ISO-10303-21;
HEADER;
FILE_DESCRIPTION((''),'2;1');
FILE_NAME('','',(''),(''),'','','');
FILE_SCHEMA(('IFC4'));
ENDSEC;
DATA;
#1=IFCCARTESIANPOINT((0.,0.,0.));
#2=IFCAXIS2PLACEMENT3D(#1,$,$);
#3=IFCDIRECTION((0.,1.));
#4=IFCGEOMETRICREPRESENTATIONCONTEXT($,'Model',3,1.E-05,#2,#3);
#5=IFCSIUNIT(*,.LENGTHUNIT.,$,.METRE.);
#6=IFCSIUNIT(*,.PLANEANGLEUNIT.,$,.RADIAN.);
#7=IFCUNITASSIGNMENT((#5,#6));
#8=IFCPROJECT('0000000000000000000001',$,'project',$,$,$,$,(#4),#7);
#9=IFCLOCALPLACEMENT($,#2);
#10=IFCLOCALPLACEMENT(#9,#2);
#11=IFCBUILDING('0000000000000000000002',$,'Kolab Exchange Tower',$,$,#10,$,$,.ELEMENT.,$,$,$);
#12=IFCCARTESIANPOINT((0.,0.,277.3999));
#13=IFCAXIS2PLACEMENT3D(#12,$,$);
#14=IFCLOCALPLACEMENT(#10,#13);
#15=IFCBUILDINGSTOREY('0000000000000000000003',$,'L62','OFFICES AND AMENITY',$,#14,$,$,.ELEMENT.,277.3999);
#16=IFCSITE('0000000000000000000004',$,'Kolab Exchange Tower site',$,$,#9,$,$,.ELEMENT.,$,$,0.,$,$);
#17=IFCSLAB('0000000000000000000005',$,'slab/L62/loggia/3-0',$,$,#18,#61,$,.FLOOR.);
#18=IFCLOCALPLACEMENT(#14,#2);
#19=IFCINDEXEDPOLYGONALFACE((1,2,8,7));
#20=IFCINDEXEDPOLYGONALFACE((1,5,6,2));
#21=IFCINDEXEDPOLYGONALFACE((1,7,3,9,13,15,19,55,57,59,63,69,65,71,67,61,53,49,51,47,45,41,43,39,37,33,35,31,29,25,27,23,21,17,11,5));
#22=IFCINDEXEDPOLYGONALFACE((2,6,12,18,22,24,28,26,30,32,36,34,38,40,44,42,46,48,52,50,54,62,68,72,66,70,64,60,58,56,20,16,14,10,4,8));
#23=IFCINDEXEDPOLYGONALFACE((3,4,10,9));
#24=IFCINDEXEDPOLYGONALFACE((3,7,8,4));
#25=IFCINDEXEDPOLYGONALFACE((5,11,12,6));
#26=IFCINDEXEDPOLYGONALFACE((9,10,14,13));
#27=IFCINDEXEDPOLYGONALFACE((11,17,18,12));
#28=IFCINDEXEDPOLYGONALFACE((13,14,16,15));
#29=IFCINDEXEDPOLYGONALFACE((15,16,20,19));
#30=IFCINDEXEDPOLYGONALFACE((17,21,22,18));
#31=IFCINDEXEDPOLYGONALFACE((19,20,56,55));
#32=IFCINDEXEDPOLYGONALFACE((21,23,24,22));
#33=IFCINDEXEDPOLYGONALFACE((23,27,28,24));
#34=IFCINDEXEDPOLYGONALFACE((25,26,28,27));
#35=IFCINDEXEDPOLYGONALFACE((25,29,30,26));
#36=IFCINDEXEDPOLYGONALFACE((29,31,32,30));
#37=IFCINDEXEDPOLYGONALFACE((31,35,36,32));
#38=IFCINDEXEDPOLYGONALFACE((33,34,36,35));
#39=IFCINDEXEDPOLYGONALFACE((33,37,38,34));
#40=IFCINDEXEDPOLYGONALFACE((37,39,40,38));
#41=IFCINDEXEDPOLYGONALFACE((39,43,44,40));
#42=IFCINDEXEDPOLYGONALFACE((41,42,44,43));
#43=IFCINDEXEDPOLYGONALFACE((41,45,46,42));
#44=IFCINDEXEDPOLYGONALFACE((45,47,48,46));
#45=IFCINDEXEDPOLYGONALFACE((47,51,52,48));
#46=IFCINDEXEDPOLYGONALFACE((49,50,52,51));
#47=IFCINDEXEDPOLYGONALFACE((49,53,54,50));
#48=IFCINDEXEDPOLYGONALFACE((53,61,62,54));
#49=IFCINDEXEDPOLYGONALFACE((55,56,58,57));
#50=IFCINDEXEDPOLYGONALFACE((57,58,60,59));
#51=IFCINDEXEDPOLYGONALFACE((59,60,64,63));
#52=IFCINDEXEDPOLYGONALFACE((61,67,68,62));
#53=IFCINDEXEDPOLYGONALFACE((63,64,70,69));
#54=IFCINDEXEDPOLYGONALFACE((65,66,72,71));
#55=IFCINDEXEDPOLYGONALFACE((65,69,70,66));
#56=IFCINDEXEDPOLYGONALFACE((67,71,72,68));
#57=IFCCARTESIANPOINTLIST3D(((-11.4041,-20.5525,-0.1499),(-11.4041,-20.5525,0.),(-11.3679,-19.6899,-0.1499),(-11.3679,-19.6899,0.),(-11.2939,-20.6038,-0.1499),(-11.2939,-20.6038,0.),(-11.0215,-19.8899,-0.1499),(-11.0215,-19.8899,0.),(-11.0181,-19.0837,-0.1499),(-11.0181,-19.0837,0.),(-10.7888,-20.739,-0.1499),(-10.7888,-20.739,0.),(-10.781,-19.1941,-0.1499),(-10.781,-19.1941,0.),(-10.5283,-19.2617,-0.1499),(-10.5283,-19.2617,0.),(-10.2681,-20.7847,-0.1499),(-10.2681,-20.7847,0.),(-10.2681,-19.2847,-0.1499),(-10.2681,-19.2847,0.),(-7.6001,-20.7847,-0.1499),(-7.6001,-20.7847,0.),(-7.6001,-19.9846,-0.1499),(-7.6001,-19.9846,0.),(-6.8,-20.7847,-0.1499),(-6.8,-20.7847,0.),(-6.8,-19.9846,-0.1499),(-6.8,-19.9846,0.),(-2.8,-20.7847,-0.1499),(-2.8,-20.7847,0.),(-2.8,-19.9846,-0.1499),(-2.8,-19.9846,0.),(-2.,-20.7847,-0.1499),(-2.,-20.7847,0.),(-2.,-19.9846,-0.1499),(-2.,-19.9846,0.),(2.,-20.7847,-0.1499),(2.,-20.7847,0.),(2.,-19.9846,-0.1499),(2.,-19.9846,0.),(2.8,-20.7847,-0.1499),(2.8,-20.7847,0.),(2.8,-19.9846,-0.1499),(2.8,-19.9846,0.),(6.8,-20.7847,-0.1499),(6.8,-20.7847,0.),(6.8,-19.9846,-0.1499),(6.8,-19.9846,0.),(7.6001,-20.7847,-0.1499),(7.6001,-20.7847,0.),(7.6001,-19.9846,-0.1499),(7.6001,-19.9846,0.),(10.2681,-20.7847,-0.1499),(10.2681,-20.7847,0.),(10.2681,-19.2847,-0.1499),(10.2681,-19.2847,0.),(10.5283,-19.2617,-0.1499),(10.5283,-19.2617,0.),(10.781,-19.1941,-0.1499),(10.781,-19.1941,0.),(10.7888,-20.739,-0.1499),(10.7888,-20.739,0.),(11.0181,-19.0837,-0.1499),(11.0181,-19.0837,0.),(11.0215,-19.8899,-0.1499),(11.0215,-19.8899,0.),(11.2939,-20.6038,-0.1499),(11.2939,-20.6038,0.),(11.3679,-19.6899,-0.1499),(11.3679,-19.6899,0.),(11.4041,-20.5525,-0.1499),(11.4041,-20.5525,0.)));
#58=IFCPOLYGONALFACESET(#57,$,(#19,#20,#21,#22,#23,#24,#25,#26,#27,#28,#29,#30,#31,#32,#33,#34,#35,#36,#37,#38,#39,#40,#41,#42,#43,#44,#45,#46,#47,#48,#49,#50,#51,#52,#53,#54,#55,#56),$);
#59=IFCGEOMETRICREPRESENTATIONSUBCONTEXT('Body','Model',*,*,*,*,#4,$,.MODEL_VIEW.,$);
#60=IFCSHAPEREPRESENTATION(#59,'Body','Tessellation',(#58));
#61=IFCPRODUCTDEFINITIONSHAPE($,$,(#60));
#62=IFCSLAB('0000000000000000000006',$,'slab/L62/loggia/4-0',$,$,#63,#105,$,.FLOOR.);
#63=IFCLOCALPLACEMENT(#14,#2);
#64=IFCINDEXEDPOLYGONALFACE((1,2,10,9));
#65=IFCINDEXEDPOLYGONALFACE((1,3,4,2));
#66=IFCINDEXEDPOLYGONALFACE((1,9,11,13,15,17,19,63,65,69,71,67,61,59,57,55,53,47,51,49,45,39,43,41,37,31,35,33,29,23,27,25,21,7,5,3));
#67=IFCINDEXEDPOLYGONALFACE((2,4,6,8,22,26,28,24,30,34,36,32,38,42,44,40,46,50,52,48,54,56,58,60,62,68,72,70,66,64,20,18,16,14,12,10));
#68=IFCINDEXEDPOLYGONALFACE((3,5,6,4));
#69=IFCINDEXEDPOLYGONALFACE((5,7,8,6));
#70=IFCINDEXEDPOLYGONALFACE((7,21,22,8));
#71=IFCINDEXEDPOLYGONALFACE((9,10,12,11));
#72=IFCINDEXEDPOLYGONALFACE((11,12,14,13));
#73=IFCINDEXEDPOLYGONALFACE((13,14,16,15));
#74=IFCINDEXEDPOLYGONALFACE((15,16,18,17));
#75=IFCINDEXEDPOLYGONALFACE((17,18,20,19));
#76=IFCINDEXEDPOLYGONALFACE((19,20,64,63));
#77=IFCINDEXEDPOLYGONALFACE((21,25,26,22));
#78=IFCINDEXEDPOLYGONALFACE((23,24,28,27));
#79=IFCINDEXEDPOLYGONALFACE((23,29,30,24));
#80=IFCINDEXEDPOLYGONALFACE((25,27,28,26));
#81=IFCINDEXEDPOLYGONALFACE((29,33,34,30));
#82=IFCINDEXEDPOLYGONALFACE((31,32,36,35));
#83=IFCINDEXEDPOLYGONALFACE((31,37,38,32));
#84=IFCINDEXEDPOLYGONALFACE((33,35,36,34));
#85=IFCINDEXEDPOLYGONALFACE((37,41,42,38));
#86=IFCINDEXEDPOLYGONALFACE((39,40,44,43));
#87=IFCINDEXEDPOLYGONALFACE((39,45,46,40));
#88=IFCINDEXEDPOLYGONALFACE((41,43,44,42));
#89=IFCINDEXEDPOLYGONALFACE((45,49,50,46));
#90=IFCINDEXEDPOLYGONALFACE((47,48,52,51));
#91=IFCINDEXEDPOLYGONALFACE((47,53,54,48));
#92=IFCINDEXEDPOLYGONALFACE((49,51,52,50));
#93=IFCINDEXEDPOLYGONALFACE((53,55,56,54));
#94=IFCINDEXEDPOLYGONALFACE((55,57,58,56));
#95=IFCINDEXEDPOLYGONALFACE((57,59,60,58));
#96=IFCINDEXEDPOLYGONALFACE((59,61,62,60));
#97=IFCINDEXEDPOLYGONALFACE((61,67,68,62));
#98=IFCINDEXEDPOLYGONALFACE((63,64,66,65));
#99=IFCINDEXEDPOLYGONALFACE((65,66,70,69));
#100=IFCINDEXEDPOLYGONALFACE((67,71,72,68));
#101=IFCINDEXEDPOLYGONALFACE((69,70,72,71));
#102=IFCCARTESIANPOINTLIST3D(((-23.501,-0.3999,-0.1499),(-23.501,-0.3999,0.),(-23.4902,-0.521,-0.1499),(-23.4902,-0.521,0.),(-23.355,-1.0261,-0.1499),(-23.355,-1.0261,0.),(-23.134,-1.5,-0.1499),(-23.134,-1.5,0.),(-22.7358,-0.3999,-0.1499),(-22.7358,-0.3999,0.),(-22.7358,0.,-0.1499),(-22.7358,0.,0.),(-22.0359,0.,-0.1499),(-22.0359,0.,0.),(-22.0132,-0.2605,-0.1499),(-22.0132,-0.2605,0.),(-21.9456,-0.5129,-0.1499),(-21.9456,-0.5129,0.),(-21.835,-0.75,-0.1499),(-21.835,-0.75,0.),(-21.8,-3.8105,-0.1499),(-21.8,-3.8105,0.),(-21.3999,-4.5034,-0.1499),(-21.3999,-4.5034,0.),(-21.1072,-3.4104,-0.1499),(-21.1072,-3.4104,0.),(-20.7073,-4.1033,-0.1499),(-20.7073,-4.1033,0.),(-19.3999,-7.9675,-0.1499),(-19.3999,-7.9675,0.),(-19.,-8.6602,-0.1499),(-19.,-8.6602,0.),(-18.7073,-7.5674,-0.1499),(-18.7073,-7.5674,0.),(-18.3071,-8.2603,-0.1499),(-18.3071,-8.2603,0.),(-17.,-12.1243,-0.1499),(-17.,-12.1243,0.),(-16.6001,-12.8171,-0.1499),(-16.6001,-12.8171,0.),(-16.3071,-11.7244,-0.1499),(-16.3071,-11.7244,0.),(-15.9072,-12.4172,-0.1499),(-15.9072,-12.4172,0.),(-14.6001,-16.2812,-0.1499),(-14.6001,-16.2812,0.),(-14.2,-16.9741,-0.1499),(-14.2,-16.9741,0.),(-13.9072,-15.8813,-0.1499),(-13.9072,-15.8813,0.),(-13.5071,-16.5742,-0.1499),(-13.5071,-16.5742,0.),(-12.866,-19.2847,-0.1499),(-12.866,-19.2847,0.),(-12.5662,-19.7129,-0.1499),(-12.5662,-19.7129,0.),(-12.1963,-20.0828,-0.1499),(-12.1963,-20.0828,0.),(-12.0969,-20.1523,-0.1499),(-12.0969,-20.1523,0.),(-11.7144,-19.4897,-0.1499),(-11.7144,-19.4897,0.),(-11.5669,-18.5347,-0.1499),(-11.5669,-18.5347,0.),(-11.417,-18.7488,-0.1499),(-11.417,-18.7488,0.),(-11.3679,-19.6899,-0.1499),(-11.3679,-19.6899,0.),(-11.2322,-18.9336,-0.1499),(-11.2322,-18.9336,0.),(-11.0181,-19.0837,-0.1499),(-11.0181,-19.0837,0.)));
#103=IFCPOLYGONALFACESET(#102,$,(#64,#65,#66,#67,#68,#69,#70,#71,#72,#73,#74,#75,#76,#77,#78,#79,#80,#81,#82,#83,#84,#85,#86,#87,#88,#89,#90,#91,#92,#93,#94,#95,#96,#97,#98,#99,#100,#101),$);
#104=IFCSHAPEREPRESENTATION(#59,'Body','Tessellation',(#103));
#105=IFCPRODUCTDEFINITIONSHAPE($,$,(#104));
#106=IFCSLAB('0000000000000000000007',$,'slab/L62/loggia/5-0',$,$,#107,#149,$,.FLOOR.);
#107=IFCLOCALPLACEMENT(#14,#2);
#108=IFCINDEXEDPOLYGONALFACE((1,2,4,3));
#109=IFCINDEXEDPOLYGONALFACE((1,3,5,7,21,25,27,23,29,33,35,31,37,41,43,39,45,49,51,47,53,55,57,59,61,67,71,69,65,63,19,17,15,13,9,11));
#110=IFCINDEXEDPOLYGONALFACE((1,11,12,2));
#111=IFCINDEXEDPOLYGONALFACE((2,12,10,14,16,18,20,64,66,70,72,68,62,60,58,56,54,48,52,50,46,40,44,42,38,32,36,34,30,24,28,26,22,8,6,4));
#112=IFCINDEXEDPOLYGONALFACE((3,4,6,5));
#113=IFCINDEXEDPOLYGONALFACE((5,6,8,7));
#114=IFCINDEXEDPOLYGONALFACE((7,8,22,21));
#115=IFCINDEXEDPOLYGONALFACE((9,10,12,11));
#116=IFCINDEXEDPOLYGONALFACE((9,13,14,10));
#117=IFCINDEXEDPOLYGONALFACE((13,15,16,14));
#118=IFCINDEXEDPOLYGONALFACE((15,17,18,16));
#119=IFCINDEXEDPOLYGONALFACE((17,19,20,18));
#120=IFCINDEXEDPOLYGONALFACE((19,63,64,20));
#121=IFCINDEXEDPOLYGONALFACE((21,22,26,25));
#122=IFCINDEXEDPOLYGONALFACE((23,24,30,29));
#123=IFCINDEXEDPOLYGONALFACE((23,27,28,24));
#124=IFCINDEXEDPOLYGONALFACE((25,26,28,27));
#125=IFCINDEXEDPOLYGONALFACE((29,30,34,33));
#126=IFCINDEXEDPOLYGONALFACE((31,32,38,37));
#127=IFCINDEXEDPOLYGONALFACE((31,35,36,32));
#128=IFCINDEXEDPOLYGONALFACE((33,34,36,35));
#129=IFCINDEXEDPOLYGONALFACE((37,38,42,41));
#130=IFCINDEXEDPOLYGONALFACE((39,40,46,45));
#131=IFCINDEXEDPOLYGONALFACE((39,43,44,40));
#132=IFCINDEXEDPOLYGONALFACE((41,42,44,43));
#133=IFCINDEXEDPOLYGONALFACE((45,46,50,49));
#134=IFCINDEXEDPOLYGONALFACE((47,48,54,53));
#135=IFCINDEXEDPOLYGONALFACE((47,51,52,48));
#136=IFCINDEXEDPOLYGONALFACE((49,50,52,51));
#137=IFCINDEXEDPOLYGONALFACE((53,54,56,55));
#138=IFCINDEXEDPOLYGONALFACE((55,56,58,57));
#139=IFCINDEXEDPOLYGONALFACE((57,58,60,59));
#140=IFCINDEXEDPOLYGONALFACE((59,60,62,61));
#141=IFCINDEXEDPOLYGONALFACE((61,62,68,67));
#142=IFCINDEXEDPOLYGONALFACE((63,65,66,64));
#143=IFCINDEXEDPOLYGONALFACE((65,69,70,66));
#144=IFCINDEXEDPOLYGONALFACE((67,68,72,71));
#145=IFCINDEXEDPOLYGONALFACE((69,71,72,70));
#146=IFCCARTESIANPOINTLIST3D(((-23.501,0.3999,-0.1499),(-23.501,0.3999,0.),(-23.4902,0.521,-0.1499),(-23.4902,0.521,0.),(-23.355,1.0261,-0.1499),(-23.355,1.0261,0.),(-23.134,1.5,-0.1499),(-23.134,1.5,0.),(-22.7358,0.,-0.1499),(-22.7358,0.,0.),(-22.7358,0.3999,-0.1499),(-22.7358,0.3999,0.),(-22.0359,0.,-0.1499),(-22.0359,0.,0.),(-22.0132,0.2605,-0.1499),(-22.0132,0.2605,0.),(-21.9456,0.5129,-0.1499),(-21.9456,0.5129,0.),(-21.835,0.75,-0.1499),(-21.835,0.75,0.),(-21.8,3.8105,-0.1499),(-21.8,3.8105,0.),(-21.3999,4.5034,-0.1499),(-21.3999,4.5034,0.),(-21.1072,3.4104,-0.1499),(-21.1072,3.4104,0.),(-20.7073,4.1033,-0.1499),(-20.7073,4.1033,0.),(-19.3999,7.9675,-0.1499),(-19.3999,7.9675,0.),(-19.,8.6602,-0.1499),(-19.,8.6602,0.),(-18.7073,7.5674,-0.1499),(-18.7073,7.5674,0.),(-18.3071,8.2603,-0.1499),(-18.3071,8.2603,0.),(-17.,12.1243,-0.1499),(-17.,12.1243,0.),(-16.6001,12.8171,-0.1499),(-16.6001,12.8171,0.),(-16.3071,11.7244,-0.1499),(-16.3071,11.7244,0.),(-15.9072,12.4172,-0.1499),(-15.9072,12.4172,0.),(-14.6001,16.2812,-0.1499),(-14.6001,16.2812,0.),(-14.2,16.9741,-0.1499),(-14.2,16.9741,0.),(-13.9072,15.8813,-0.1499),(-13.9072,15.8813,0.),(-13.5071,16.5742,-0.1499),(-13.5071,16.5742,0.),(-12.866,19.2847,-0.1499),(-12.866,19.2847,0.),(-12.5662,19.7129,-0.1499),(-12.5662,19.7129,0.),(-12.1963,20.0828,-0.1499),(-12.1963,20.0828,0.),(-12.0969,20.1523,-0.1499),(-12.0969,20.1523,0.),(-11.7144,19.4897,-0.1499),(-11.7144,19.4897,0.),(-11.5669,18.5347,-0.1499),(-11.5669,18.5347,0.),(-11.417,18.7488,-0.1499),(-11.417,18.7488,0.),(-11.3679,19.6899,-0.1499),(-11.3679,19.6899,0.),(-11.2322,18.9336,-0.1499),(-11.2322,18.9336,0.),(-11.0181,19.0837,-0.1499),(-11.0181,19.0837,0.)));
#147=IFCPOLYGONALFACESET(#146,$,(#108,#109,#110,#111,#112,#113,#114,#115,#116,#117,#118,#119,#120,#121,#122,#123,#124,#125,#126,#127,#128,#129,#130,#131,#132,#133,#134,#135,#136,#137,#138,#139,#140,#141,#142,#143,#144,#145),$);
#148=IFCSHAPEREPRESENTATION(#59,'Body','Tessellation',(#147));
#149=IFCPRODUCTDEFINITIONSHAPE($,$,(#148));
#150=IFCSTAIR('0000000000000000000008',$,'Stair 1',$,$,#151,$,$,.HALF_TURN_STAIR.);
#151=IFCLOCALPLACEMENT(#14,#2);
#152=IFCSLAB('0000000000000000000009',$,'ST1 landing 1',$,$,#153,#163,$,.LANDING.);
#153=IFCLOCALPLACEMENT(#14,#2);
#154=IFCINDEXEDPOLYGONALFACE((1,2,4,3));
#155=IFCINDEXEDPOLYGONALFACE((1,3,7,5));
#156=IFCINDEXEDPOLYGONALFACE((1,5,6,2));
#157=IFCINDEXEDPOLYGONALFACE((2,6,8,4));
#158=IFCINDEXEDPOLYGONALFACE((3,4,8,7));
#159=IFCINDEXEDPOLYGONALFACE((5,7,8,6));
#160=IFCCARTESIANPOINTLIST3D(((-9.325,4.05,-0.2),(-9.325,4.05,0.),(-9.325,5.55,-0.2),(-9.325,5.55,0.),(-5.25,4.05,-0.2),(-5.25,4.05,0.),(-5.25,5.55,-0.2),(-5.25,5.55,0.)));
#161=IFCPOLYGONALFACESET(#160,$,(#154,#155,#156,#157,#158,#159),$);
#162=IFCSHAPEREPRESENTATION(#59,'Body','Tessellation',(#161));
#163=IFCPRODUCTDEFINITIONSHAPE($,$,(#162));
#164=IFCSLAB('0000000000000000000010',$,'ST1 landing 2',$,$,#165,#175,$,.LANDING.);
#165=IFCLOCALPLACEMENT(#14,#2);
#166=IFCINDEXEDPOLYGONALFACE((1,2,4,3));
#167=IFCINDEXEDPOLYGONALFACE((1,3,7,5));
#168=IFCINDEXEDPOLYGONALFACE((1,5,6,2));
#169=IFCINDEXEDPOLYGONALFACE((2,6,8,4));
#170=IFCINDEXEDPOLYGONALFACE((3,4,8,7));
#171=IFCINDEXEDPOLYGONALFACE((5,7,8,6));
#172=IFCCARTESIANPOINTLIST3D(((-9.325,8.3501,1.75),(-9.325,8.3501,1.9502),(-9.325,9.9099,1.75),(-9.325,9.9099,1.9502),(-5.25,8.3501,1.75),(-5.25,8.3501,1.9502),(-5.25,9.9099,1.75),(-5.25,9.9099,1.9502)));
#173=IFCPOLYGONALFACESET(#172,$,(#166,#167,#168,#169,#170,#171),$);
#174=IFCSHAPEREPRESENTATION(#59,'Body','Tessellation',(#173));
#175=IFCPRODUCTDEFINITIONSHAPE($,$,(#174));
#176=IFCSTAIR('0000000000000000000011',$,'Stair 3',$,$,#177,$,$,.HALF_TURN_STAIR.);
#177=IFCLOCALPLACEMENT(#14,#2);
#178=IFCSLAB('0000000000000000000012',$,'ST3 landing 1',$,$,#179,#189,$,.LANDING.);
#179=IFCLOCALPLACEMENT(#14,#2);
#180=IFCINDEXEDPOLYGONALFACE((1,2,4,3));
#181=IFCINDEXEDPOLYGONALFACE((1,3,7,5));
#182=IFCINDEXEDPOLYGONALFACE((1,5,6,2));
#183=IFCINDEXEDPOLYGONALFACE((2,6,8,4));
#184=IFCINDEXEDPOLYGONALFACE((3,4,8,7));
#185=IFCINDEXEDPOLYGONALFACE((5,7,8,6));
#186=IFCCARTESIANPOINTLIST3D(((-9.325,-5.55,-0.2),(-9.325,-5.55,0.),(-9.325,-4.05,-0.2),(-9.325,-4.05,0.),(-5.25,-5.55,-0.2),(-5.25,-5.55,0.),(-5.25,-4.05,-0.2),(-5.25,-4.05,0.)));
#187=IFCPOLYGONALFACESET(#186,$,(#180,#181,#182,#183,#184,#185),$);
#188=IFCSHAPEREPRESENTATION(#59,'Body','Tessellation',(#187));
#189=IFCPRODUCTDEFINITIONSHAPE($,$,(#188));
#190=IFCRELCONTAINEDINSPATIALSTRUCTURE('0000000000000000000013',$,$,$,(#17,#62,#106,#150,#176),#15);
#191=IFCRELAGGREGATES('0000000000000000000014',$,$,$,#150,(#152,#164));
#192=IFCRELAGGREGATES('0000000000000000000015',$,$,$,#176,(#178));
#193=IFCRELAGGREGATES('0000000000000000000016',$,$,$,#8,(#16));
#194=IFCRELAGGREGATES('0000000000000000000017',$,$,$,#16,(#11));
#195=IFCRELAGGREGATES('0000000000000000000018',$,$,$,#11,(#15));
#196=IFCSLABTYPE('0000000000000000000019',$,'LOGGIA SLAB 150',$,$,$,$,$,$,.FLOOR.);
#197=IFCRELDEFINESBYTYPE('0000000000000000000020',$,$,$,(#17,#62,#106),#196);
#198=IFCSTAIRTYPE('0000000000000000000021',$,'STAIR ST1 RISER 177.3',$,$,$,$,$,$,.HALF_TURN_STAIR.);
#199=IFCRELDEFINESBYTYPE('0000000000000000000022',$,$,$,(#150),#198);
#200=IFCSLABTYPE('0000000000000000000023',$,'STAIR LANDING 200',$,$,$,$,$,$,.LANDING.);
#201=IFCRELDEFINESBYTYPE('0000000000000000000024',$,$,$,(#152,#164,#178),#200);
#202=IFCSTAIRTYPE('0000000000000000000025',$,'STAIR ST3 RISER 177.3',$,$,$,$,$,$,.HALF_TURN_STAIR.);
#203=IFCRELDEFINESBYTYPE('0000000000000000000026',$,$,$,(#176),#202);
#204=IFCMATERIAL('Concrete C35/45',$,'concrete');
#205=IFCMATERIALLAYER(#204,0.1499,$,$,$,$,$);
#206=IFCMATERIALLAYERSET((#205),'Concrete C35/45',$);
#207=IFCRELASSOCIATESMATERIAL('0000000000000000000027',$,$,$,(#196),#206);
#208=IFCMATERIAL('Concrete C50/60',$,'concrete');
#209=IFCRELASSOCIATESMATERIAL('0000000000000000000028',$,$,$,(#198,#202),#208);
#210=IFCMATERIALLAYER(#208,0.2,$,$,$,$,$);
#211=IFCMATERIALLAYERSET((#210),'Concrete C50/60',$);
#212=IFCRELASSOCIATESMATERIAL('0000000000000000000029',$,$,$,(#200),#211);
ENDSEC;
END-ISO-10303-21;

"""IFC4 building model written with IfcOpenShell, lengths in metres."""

from ifc_helpers import new_model, si_unit, direction, frame, origin, place, context, subcontext, project, spatial, polyline, outline, extrude, material, layer, layer_set, type_object, element, aggregate, save


model = new_model("IFC4")

# Units and contexts
model_context = context("Model", 3, precision=1e-05, world=origin(), true_north=direction((0.0, 1.0)))
body_context = subcontext(model_context, "Body", "Model", "MODEL_VIEW")
ifc_project = project(units=[si_unit("LENGTHUNIT", "METRE"), si_unit("PLANEANGLEUNIT", "RADIAN")], contexts=[model_context])

# Site, building, storey
site_placement = place(None, origin())
site = spatial("IfcSite", under=ifc_project, at=site_placement, Name="Kolab Exchange Tower site", CompositionType="ELEMENT", RefElevation=0.0)
building_placement = place(site_placement, origin())
building = spatial("IfcBuilding", under=site, at=building_placement, Name="Kolab Exchange Tower", CompositionType="ELEMENT")
storey_placement = place(building_placement, frame((0.0, 0.0, 277.3999)))
storey = spatial("IfcBuildingStorey", under=building, at=storey_placement, Name="L62", Description="OFFICES AND AMENITY", CompositionType="ELEMENT", Elevation=277.3999)

# Slabs
ifc_material_1 = material(Name="Concrete C35/45", Category="concrete")
ifc_layer_1 = layer(ifc_material_1, 0.1499)
ifc_layer_set_1 = layer_set([ifc_layer_1], Name="Concrete C35/45")
slab_type_1 = type_object("IfcSlabType", Name="LOGGIA SLAB 150", PredefinedType="FLOOR", material=ifc_layer_set_1)
slab_1_placement = place(storey_placement, frame((0.0, 0.0, -0.1499)))
element("IfcSlab", 1, at=slab_1_placement, inside=storey, type_object=slab_type_1, Name="slab/L62/loggia/3-0", PredefinedType="FLOOR", context=body_context, shape_type="SweptSolid", body=[
    extrude(outline(polyline([(-11.0181, -19.0837), (-11.3679, -19.6899), (-11.0215, -19.8899), (-11.4041, -20.5525), (-11.2939, -20.6038), (-10.7888, -20.739), (-10.2681, -20.7847), (-7.6001, -20.7847), (-7.6001, -19.9846), (-6.8, -19.9846), (-6.8, -20.7847), (-2.8, -20.7847), (-2.8, -19.9846), (-2.0, -19.9846), (-2.0, -20.7847), (2.0, -20.7847), (2.0, -19.9846), (2.8, -19.9846), (2.8, -20.7847), (6.8, -20.7847), (6.8, -19.9846), (7.6001, -19.9846), (7.6001, -20.7847), (10.2681, -20.7847), (10.7888, -20.739), (11.2939, -20.6038), (11.4041, -20.5525), (11.0215, -19.8899), (11.3679, -19.6899), (11.0181, -19.0837), (10.781, -19.1941), (10.5283, -19.2617), (10.2681, -19.2847), (-10.2681, -19.2847), (-10.5283, -19.2617), (-10.781, -19.1941), (-11.0181, -19.0837)])), origin(), (0.0, 0.0, 1.0), 0.1499),
])
slab_2_placement = place(storey_placement, frame((0.0, 0.0, -0.1499)))
element("IfcSlab", 2, at=slab_2_placement, inside=storey, type_object=slab_type_1, Name="slab/L62/loggia/4-0", PredefinedType="FLOOR", context=body_context, shape_type="SweptSolid", body=[
    extrude(outline(polyline([(-22.0359, 0.0), (-22.7358, 0.0), (-22.7358, -0.3999), (-23.501, -0.3999), (-23.4902, -0.521), (-23.355, -1.0261), (-23.134, -1.5), (-21.8, -3.8105), (-21.1072, -3.4104), (-20.7073, -4.1033), (-21.3999, -4.5034), (-19.3999, -7.9675), (-18.7073, -7.5674), (-18.3071, -8.2603), (-19.0, -8.6602), (-17.0, -12.1243), (-16.3071, -11.7244), (-15.9072, -12.4172), (-16.6001, -12.8171), (-14.6001, -16.2812), (-13.9072, -15.8813), (-13.5071, -16.5742), (-14.2, -16.9741), (-12.866, -19.2847), (-12.5662, -19.7129), (-12.1963, -20.0828), (-12.0969, -20.1523), (-11.7144, -19.4897), (-11.3679, -19.6899), (-11.0181, -19.0837), (-11.2322, -18.9336), (-11.417, -18.7488), (-11.5669, -18.5347), (-21.835, -0.75), (-21.9456, -0.5129), (-22.0132, -0.2605), (-22.0359, 0.0)])), origin(), (0.0, 0.0, 1.0), 0.1499),
])
slab_3_placement = place(storey_placement, frame((0.0, 0.0, -0.1499)))
element("IfcSlab", 3, at=slab_3_placement, inside=storey, type_object=slab_type_1, Name="slab/L62/loggia/5-0", PredefinedType="FLOOR", context=body_context, shape_type="SweptSolid", body=[
    extrude(outline(polyline([(-11.0181, 19.0837), (-11.3679, 19.6899), (-11.7144, 19.4897), (-12.0969, 20.1523), (-12.1963, 20.0828), (-12.5662, 19.7129), (-12.866, 19.2847), (-14.2, 16.9741), (-13.5071, 16.5742), (-13.9072, 15.8813), (-14.6001, 16.2812), (-16.6001, 12.8171), (-15.9072, 12.4172), (-16.3071, 11.7244), (-17.0, 12.1243), (-19.0, 8.6602), (-18.3071, 8.2603), (-18.7073, 7.5674), (-19.3999, 7.9675), (-21.3999, 4.5034), (-20.7073, 4.1033), (-21.1072, 3.4104), (-21.8, 3.8105), (-23.134, 1.5), (-23.355, 1.0261), (-23.4902, 0.521), (-23.501, 0.3999), (-22.7358, 0.3999), (-22.7358, 0.0), (-22.0359, 0.0), (-22.0132, 0.2605), (-21.9456, 0.5129), (-21.835, 0.75), (-11.5669, 18.5347), (-11.417, 18.7488), (-11.2322, 18.9336), (-11.0181, 19.0837)])), origin(), (0.0, 0.0, 1.0), 0.1499),
])

# Stairs, slabs
ifc_material_2 = material(Name="Concrete C50/60", Category="concrete")
stair_type_1 = type_object("IfcStairType", Name="STAIR ST1 RISER 177.3", PredefinedType="HALF_TURN_STAIR", material=ifc_material_2)
stair_1_placement = place(storey_placement, origin())
stair_1 = element("IfcStair", 4, at=stair_1_placement, inside=storey, type_object=stair_type_1, Name="Stair 1", PredefinedType="HALF_TURN_STAIR")
ifc_layer_2 = layer(ifc_material_2, 0.2)
ifc_layer_set_2 = layer_set([ifc_layer_2], Name="Concrete C50/60")
slab_type_2 = type_object("IfcSlabType", Name="STAIR LANDING 200", PredefinedType="LANDING", material=ifc_layer_set_2)
slab_4_placement = place(storey_placement, frame((0.0, 0.0, -0.2)))
slab_4 = element("IfcSlab", 5, at=slab_4_placement, type_object=slab_type_2, Name="ST1 landing 1", PredefinedType="LANDING", context=body_context, shape_type="SweptSolid", body=[
    extrude(outline(polyline([(-9.325, 4.05), (-5.25, 4.05), (-5.25, 5.55), (-9.325, 5.55), (-9.325, 4.05)])), origin(), (0.0, 0.0, 1.0), 0.2),
])
slab_5_placement = place(storey_placement, frame((0.0, 0.0, 1.75)))
slab_5 = element("IfcSlab", 6, at=slab_5_placement, type_object=slab_type_2, Name="ST1 landing 2", PredefinedType="LANDING", context=body_context, shape_type="SweptSolid", body=[
    extrude(outline(polyline([(-9.325, 8.3501), (-5.25, 8.3501), (-5.25, 9.9099), (-9.325, 9.9099), (-9.325, 8.3501)])), origin(), (0.0, 0.0, 1.0), 0.2002),
])
aggregate(stair_1, [slab_4, slab_5])
stair_type_2 = type_object("IfcStairType", Name="STAIR ST3 RISER 177.3", PredefinedType="HALF_TURN_STAIR", material=ifc_material_2)
stair_2_placement = place(storey_placement, origin())
stair_2 = element("IfcStair", 7, at=stair_2_placement, inside=storey, type_object=stair_type_2, Name="Stair 3", PredefinedType="HALF_TURN_STAIR")
slab_6_placement = place(storey_placement, frame((0.0, 0.0, -0.2)))
slab_6 = element("IfcSlab", 8, at=slab_6_placement, type_object=slab_type_2, Name="ST3 landing 1", PredefinedType="LANDING", context=body_context, shape_type="SweptSolid", body=[
    extrude(outline(polyline([(-9.325, -5.55), (-5.25, -5.55), (-5.25, -4.05), (-9.325, -4.05), (-9.325, -5.55)])), origin(), (0.0, 0.0, 1.0), 0.2),
])
aggregate(stair_2, [slab_6])

save(model, "model.ifc")
